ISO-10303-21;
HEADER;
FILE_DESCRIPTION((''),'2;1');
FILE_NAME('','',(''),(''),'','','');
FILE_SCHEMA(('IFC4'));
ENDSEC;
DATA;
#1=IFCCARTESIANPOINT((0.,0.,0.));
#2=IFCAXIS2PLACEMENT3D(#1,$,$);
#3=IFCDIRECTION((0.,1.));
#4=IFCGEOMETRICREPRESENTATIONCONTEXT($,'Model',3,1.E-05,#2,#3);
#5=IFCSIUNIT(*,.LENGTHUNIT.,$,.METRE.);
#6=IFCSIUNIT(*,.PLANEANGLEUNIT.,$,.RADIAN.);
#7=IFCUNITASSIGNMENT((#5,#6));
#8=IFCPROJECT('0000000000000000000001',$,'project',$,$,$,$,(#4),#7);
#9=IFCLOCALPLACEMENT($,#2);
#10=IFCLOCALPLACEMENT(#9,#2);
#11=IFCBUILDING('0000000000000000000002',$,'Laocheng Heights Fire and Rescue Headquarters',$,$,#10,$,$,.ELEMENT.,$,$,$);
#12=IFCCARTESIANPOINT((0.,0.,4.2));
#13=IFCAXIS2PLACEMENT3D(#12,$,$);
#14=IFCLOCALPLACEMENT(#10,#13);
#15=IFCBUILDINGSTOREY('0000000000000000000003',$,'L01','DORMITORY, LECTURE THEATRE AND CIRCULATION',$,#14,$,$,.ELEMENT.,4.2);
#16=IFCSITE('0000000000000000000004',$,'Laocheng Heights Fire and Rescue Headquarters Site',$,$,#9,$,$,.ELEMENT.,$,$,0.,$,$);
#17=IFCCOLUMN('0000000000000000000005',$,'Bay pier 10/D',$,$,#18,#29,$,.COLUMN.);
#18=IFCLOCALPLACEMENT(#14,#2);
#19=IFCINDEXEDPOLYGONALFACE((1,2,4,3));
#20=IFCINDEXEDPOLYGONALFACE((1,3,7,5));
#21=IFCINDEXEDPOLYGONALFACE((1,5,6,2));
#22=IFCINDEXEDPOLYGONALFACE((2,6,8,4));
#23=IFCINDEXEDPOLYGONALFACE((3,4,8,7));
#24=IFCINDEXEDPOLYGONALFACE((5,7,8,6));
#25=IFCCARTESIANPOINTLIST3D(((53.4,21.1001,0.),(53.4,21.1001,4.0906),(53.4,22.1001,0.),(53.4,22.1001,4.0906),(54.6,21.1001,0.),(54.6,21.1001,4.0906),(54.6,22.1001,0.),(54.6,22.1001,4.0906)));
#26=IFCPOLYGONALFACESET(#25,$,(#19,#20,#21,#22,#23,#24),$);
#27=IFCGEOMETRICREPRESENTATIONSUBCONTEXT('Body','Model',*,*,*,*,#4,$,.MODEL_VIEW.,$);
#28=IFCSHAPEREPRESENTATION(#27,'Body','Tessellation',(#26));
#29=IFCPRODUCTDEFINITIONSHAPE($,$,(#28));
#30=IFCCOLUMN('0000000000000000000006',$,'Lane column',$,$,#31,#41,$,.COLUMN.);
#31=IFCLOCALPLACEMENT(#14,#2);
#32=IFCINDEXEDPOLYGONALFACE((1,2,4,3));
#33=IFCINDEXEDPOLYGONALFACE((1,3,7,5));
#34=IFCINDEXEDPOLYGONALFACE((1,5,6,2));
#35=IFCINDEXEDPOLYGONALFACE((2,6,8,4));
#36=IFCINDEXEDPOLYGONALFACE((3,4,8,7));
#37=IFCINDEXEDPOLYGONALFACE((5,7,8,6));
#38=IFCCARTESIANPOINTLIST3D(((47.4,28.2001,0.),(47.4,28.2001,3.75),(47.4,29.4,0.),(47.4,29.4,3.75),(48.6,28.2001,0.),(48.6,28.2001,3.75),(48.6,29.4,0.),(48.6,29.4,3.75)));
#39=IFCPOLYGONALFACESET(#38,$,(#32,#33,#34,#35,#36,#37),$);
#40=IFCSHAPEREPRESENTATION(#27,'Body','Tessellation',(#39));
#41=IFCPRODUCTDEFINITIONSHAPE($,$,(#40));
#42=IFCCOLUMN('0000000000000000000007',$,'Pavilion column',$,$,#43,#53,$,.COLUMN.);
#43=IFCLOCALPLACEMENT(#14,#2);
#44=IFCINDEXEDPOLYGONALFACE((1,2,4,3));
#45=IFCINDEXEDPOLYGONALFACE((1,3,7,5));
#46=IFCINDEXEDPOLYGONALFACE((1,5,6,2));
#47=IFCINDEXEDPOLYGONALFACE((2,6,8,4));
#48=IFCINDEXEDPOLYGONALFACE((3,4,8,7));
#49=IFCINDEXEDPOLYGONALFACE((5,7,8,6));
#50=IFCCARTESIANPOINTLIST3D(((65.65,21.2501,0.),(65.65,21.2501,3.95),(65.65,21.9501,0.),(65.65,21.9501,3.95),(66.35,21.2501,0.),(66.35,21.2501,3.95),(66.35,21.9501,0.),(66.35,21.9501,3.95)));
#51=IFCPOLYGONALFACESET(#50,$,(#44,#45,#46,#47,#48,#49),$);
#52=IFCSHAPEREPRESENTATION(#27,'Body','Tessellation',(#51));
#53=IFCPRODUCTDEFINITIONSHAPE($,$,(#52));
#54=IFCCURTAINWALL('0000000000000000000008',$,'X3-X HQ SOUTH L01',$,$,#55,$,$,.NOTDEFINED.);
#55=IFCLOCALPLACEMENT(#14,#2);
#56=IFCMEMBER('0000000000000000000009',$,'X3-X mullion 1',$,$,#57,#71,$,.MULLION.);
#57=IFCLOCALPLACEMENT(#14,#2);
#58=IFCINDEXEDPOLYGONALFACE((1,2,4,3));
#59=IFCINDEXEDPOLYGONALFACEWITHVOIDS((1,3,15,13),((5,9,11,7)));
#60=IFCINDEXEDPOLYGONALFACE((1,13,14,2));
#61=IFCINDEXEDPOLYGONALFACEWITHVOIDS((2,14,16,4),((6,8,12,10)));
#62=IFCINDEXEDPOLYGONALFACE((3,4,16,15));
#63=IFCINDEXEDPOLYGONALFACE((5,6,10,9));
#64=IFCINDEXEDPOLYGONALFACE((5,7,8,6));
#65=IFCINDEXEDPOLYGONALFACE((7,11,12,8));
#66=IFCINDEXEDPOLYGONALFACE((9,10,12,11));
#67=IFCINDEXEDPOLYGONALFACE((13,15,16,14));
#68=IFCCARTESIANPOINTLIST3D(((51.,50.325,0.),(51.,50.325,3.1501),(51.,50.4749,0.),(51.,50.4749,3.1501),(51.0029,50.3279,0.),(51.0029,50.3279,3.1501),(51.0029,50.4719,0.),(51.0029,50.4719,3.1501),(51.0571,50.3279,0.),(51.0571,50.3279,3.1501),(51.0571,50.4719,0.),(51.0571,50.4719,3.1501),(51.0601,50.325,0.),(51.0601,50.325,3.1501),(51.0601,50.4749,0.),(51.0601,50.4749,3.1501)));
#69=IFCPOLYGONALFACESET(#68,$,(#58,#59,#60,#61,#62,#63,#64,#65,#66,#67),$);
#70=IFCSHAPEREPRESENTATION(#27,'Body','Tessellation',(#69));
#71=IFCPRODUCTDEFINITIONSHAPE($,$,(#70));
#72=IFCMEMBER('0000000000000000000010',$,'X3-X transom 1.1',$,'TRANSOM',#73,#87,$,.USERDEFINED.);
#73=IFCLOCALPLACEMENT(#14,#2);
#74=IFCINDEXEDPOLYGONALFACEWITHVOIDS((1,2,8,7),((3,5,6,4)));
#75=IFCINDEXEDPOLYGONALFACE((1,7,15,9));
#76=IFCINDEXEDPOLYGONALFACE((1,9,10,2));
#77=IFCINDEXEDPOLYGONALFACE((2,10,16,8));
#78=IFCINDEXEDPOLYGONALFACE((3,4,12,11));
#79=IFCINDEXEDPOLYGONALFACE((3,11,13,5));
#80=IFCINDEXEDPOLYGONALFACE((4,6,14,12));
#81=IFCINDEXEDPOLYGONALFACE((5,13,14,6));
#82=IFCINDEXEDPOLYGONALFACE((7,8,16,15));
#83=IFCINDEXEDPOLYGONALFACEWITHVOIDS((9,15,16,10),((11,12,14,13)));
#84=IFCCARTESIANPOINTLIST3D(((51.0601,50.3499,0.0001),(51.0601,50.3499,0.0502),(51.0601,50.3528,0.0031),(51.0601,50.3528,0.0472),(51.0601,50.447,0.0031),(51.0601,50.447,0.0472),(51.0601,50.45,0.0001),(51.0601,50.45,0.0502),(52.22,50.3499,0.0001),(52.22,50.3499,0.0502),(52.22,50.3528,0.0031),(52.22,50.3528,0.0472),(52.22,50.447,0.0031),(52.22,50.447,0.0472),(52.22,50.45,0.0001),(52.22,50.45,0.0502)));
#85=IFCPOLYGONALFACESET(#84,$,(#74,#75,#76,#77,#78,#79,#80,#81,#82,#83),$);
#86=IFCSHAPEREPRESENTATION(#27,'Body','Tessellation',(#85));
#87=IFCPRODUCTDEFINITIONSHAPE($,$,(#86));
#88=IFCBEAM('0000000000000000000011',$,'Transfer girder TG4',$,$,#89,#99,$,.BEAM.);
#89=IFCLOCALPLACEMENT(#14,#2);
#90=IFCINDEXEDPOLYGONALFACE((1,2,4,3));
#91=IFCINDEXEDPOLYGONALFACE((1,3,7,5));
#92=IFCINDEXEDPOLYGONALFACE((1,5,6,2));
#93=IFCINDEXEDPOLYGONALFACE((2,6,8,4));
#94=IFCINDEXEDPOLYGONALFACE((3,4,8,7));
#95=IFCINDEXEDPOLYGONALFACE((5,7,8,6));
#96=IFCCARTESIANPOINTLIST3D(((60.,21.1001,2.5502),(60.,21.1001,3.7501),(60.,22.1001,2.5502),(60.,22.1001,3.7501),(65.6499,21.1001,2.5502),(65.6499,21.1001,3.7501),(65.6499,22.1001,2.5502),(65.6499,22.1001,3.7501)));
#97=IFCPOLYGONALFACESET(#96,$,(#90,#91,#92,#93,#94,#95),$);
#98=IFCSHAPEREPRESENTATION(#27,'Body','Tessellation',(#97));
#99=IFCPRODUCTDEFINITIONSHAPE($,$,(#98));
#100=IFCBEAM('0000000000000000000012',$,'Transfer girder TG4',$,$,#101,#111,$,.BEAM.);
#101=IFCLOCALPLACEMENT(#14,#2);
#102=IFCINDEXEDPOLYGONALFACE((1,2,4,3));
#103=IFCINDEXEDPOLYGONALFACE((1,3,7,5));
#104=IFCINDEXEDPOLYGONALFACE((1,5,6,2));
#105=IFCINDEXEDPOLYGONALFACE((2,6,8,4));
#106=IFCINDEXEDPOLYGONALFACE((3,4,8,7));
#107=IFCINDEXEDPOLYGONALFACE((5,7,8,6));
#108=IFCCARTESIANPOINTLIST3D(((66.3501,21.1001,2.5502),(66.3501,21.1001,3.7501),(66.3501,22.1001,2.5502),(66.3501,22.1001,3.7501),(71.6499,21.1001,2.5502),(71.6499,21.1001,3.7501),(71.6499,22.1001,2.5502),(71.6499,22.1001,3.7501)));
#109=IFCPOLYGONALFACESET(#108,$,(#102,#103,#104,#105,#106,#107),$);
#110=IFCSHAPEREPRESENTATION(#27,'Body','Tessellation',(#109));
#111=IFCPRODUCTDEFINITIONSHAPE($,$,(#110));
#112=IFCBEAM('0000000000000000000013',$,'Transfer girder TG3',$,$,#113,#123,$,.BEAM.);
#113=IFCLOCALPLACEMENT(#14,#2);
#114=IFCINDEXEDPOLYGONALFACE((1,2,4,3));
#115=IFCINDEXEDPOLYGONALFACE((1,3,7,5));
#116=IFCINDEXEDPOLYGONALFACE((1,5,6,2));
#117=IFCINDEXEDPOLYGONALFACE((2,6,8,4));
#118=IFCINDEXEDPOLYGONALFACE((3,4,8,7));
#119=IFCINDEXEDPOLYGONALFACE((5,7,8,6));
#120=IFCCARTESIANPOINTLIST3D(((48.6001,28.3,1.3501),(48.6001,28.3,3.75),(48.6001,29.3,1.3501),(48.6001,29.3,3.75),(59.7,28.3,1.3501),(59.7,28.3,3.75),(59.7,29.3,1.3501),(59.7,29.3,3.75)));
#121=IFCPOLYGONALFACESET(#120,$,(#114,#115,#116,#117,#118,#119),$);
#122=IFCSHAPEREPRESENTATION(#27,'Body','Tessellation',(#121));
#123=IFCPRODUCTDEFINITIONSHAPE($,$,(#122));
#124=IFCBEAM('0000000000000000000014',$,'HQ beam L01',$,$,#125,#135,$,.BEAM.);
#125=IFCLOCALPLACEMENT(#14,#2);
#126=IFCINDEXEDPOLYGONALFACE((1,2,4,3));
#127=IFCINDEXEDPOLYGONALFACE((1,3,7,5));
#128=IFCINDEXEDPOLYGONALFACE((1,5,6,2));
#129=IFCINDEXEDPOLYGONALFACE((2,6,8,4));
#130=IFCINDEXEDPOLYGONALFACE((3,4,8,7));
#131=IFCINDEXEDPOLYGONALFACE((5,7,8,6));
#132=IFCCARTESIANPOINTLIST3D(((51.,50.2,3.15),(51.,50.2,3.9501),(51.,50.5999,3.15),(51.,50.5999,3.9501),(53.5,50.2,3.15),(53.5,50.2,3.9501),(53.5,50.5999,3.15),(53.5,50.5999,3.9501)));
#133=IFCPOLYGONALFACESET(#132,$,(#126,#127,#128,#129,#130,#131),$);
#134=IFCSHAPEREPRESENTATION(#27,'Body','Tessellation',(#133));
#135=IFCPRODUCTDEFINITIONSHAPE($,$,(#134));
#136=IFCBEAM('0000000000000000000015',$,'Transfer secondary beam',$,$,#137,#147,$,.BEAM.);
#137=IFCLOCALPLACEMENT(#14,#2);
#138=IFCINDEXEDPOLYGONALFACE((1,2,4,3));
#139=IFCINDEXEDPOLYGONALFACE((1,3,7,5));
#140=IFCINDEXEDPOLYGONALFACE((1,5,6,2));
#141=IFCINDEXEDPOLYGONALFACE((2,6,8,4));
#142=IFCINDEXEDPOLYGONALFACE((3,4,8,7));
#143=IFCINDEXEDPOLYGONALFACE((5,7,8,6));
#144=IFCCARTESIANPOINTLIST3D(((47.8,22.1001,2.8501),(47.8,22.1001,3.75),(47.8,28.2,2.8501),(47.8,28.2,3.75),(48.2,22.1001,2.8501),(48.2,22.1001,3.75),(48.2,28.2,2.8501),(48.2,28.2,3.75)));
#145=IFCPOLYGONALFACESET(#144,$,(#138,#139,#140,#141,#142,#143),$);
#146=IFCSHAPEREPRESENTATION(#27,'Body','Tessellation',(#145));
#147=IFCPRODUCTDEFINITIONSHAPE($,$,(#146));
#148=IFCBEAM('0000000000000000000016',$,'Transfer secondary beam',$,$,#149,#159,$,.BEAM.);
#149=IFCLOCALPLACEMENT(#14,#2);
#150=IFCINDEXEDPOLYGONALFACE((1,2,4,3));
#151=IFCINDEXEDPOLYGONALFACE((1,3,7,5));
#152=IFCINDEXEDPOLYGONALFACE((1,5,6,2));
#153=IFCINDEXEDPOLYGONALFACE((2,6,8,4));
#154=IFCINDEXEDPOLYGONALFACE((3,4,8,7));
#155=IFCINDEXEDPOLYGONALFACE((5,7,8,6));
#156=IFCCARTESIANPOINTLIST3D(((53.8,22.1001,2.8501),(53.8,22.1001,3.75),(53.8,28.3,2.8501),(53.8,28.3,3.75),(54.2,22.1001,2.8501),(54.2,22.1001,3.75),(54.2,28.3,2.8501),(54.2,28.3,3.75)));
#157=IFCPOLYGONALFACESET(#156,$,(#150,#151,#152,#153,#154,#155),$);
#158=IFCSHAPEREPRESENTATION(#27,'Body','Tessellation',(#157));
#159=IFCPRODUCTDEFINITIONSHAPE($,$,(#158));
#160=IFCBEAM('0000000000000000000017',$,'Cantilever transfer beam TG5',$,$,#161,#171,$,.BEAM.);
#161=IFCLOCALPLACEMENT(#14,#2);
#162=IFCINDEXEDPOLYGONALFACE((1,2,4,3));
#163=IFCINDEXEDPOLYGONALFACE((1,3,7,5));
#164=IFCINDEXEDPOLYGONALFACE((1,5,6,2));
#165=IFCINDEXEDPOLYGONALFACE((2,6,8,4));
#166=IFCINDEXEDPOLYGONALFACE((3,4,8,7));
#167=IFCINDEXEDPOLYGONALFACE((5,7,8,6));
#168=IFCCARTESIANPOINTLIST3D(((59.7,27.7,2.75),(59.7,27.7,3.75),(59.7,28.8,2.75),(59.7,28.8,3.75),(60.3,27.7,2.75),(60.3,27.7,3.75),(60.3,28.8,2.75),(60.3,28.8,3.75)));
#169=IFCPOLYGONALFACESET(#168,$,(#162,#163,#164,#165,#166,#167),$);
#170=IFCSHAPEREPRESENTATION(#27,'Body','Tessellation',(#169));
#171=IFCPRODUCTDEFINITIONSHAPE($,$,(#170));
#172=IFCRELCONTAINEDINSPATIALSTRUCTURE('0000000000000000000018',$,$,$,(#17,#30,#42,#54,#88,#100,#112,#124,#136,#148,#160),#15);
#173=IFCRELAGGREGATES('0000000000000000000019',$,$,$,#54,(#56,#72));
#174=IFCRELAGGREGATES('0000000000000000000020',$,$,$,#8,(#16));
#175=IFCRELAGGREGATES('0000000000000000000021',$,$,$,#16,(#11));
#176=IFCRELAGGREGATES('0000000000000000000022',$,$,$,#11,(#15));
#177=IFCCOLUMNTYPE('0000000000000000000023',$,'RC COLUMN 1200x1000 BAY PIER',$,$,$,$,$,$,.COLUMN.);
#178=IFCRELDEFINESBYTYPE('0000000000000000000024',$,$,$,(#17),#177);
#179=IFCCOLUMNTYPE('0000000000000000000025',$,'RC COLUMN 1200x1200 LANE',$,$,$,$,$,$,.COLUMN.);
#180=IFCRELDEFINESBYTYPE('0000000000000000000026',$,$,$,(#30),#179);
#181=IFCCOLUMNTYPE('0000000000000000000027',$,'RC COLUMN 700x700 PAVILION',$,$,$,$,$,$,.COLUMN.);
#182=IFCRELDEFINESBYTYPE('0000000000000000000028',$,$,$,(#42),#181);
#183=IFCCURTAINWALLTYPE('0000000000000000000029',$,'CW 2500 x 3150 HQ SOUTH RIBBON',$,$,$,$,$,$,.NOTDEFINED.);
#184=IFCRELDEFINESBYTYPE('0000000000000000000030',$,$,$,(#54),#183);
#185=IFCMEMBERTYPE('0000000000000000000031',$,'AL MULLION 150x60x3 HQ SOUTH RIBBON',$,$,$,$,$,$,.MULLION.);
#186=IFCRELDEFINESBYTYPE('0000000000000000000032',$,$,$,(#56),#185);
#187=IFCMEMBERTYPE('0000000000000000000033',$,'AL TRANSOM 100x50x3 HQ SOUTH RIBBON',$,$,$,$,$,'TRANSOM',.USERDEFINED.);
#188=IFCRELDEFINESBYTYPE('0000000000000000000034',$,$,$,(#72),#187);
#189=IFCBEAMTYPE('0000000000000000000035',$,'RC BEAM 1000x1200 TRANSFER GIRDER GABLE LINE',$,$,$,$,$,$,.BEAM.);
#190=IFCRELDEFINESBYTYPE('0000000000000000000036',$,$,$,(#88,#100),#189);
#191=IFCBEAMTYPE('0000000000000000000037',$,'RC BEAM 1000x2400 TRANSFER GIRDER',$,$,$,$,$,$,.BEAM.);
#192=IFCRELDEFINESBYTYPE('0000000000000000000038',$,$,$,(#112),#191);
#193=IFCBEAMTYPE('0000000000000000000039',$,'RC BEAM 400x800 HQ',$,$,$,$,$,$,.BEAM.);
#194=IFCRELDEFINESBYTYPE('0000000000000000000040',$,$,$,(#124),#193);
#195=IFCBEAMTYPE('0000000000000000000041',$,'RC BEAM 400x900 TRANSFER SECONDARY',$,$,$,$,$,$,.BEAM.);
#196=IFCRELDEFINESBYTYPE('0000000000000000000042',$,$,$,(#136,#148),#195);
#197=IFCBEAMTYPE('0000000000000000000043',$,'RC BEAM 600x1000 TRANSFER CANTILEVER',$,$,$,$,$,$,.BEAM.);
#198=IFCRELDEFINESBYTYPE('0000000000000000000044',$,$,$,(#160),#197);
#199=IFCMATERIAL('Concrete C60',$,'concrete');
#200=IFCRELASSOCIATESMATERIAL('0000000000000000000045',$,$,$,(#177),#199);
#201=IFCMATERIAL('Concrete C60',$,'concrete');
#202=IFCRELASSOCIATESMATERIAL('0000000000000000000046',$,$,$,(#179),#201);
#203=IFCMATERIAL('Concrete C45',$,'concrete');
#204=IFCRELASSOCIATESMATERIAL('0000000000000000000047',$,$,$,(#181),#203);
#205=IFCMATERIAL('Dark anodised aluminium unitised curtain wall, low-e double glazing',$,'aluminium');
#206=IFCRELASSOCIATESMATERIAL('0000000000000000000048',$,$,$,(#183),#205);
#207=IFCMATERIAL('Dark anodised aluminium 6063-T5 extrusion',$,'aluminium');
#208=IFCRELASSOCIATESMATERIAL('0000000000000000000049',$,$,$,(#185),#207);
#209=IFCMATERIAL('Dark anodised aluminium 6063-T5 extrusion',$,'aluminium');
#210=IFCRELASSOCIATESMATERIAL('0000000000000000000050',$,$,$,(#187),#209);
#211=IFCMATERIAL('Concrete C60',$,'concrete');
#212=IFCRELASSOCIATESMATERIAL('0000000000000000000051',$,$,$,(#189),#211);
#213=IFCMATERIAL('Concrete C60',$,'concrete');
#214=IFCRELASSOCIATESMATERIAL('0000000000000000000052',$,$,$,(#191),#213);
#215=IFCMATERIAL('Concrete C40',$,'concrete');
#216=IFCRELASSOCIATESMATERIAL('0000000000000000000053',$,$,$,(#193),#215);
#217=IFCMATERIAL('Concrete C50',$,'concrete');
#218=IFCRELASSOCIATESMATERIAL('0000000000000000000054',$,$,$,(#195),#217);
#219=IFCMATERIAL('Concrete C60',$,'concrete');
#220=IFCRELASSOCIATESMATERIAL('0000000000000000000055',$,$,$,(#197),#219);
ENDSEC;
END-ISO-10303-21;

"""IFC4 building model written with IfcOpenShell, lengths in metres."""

from ifc_helpers import new_model, si_unit, direction, frame, origin, origin_2d, place, context, subcontext, project, spatial, rectangle, hollow_rectangle, extrude, material, material_profile, profile_set, type_object, element, aggregate, save


model = new_model("IFC4")

# Units and contexts
model_context = context("Model", 3, precision=1e-05, world=origin(), true_north=direction((0.0, 1.0)))
body_context = subcontext(model_context, "Body", "Model", "MODEL_VIEW")
ifc_project = project(units=[si_unit("LENGTHUNIT", "METRE"), si_unit("PLANEANGLEUNIT", "RADIAN")], contexts=[model_context])

# Site, building, storey
site_placement = place(None, origin())
site = spatial("IfcSite", under=ifc_project, at=site_placement, Name="Laocheng Heights Fire and Rescue Headquarters Site", CompositionType="ELEMENT", RefElevation=0.0)
building_placement = place(site_placement, origin())
building = spatial("IfcBuilding", under=site, at=building_placement, Name="Laocheng Heights Fire and Rescue Headquarters", CompositionType="ELEMENT")
storey_placement = place(building_placement, frame((0.0, 0.0, 4.2)))
storey = spatial("IfcBuildingStorey", under=building, at=storey_placement, Name="L01", Description="DORMITORY, LECTURE THEATRE AND CIRCULATION", CompositionType="ELEMENT", Elevation=4.2)

# Columns
ifc_material_1 = material(Name="Concrete C60", Category="concrete")
ifc_material_profile_1 = material_profile(ifc_material_1, rectangle(XDim=1.2, YDim=1.0, at=origin_2d()), Name="RC COLUMN 1200x1000 BAY PIER")
ifc_profile_set_1 = profile_set([ifc_material_profile_1], Name="Concrete C60")
column_type_1 = type_object("IfcColumnType", Name="RC COLUMN 1200x1000 BAY PIER", PredefinedType="COLUMN", material=ifc_profile_set_1)
column_1_placement = place(storey_placement, frame((54.0, 21.6001, 0.0), z_axis=(0.0, 0.0, 1.0), x_axis=(1.0, 0.0, 0.0)))
element("IfcColumn", 1, at=column_1_placement, inside=storey, type_object=column_type_1, Name="Bay pier 10/D", PredefinedType="COLUMN", context=body_context, shape_type="SweptSolid", body=[
    extrude(rectangle(XDim=1.2, YDim=1.0, at=origin_2d()), origin(), (0.0, 0.0, 1.0), 4.0906),
])
ifc_material_2 = material(Name="Concrete C60", Category="concrete")
ifc_material_profile_2 = material_profile(ifc_material_2, rectangle(XDim=1.2, YDim=1.2, at=origin_2d()), Name="RC COLUMN 1200x1200 LANE")
ifc_profile_set_2 = profile_set([ifc_material_profile_2], Name="Concrete C60")
column_type_2 = type_object("IfcColumnType", Name="RC COLUMN 1200x1200 LANE", PredefinedType="COLUMN", material=ifc_profile_set_2)
column_2_placement = place(storey_placement, frame((48.0, 28.8, 0.0), z_axis=(0.0, 0.0, 1.0), x_axis=(1.0, 0.0, 0.0)))
element("IfcColumn", 2, at=column_2_placement, inside=storey, type_object=column_type_2, Name="Lane column", PredefinedType="COLUMN", context=body_context, shape_type="SweptSolid", body=[
    extrude(rectangle(XDim=1.2, YDim=1.2, at=origin_2d()), origin(), (0.0, 0.0, 1.0), 3.75),
])
ifc_material_3 = material(Name="Concrete C45", Category="concrete")
ifc_material_profile_3 = material_profile(ifc_material_3, rectangle(XDim=0.7, YDim=0.7, at=origin_2d()), Name="RC COLUMN 700x700 PAVILION")
ifc_profile_set_3 = profile_set([ifc_material_profile_3], Name="Concrete C45")
column_type_3 = type_object("IfcColumnType", Name="RC COLUMN 700x700 PAVILION", PredefinedType="COLUMN", material=ifc_profile_set_3)
column_3_placement = place(storey_placement, frame((66.0, 21.6001, 0.0), z_axis=(0.0, 0.0, 1.0), x_axis=(1.0, 0.0, 0.0)))
element("IfcColumn", 3, at=column_3_placement, inside=storey, type_object=column_type_3, Name="Pavilion column", PredefinedType="COLUMN", context=body_context, shape_type="SweptSolid", body=[
    extrude(rectangle(XDim=0.7, YDim=0.7, at=origin_2d()), origin(), (0.0, 0.0, 1.0), 3.95),
])

# Curtain wall, members
ifc_material_4 = material(Name="Dark anodised aluminium unitised curtain wall, low-e double glazing", Category="aluminium")
curtain_wall_type = type_object("IfcCurtainWallType", Name="CW 2500 x 3150 HQ SOUTH RIBBON", PredefinedType="NOTDEFINED", material=ifc_material_4)
curtain_wall_placement = place(storey_placement, origin())
curtain_wall = element("IfcCurtainWall", 4, at=curtain_wall_placement, inside=storey, type_object=curtain_wall_type, Name="X3-X HQ SOUTH L01", PredefinedType="NOTDEFINED")
ifc_material_5 = material(Name="Dark anodised aluminium 6063-T5 extrusion", Category="aluminium")
ifc_material_profile_4 = material_profile(ifc_material_5, hollow_rectangle(XDim=0.1499, YDim=0.0601, WallThickness=0.0029, at=origin_2d()), Name="AL MULLION 150x60x3 HQ SOUTH RIBBON")
ifc_profile_set_4 = profile_set([ifc_material_profile_4], Name="Dark anodised aluminium 6063-T5 extrusion")
member_type_1 = type_object("IfcMemberType", Name="AL MULLION 150x60x3 HQ SOUTH RIBBON", PredefinedType="MULLION", material=ifc_profile_set_4)
member_1_placement = place(storey_placement, frame((51.03, 50.3999, 0.0), z_axis=(0.0, 0.0, 1.0), x_axis=(0.0, 1.0, 0.0)))
member_1 = element("IfcMember", 5, at=member_1_placement, type_object=member_type_1, Name="X3-X mullion 1", PredefinedType="MULLION", context=body_context, shape_type="SweptSolid", body=[
    extrude(hollow_rectangle(XDim=0.1499, YDim=0.0601, WallThickness=0.0029, at=origin_2d()), origin(), (0.0, 0.0, 1.0), 3.1501),
])
ifc_material_6 = material(Name="Dark anodised aluminium 6063-T5 extrusion", Category="aluminium")
ifc_material_profile_5 = material_profile(ifc_material_6, hollow_rectangle(XDim=0.1001, YDim=0.05, WallThickness=0.0029, at=origin_2d()), Name="AL TRANSOM 100x50x3 HQ SOUTH RIBBON")
ifc_profile_set_5 = profile_set([ifc_material_profile_5], Name="Dark anodised aluminium 6063-T5 extrusion")
member_type_2 = type_object("IfcMemberType", Name="AL TRANSOM 100x50x3 HQ SOUTH RIBBON", ElementType="TRANSOM", PredefinedType="USERDEFINED", material=ifc_profile_set_5)
member_2_placement = place(storey_placement, frame((51.0601, 50.3999, 0.0251), z_axis=(1.0, 0.0, 0.0), x_axis=(0.0, 1.0, 0.0)))
member_2 = element("IfcMember", 6, at=member_2_placement, type_object=member_type_2, Name="X3-X transom 1.1", ObjectType="TRANSOM", PredefinedType="USERDEFINED", context=body_context, shape_type="SweptSolid", body=[
    extrude(hollow_rectangle(XDim=0.1001, YDim=0.05, WallThickness=0.0029, at=origin_2d()), origin(), (0.0, 0.0, 1.0), 1.1599),
])
aggregate(curtain_wall, [member_1, member_2])

# Beams
ifc_material_7 = material(Name="Concrete C60", Category="concrete")
ifc_material_profile_6 = material_profile(ifc_material_7, rectangle(XDim=1.0, YDim=1.2, at=origin_2d()), Name="RC BEAM 1000x1200 TRANSFER GIRDER GABLE LINE")
ifc_profile_set_6 = profile_set([ifc_material_profile_6], Name="Concrete C60")
beam_type_1 = type_object("IfcBeamType", Name="RC BEAM 1000x1200 TRANSFER GIRDER GABLE LINE", PredefinedType="BEAM", material=ifc_profile_set_6)
beam_1_placement = place(storey_placement, frame((60.0, 21.6001, 3.1501), z_axis=(1.0, 0.0, 0.0), x_axis=(0.0, 1.0, 0.0)))
element("IfcBeam", 7, at=beam_1_placement, inside=storey, type_object=beam_type_1, Name="Transfer girder TG4", PredefinedType="BEAM", context=body_context, shape_type="SweptSolid", body=[
    extrude(rectangle(XDim=1.0, YDim=1.2, at=origin_2d()), origin(), (0.0, 0.0, 1.0), 5.6499),
])
beam_2_placement = place(storey_placement, frame((66.3501, 21.6001, 3.1501), z_axis=(1.0, 0.0, 0.0), x_axis=(0.0, 1.0, 0.0)))
element("IfcBeam", 8, at=beam_2_placement, inside=storey, type_object=beam_type_1, Name="Transfer girder TG4", PredefinedType="BEAM", context=body_context, shape_type="SweptSolid", body=[
    extrude(rectangle(XDim=1.0, YDim=1.2, at=origin_2d()), origin(), (0.0, 0.0, 1.0), 5.2998),
])
ifc_material_8 = material(Name="Concrete C60", Category="concrete")
ifc_material_profile_7 = material_profile(ifc_material_8, rectangle(XDim=1.0, YDim=2.3999, at=origin_2d()), Name="RC BEAM 1000x2400 TRANSFER GIRDER")
ifc_profile_set_7 = profile_set([ifc_material_profile_7], Name="Concrete C60")
beam_type_2 = type_object("IfcBeamType", Name="RC BEAM 1000x2400 TRANSFER GIRDER", PredefinedType="BEAM", material=ifc_profile_set_7)
beam_3_placement = place(storey_placement, frame((48.6001, 28.8, 2.55), z_axis=(1.0, 0.0, 0.0), x_axis=(0.0, 1.0, 0.0)))
element("IfcBeam", 9, at=beam_3_placement, inside=storey, type_object=beam_type_2, Name="Transfer girder TG3", PredefinedType="BEAM", context=body_context, shape_type="SweptSolid", body=[
    extrude(rectangle(XDim=1.0, YDim=2.3999, at=origin_2d()), origin(), (0.0, 0.0, 1.0), 11.0999),
])
ifc_material_9 = material(Name="Concrete C40", Category="concrete")
ifc_material_profile_8 = material_profile(ifc_material_9, rectangle(XDim=0.3999, YDim=0.8, at=origin_2d()), Name="RC BEAM 400x800 HQ")
ifc_profile_set_8 = profile_set([ifc_material_profile_8], Name="Concrete C40")
beam_type_3 = type_object("IfcBeamType", Name="RC BEAM 400x800 HQ", PredefinedType="BEAM", material=ifc_profile_set_8)
beam_4_placement = place(storey_placement, frame((51.0, 50.3999, 3.55), z_axis=(1.0, 0.0, 0.0), x_axis=(0.0, 1.0, 0.0)))
element("IfcBeam", 10, at=beam_4_placement, inside=storey, type_object=beam_type_3, Name="HQ beam L01", PredefinedType="BEAM", context=body_context, shape_type="SweptSolid", body=[
    extrude(rectangle(XDim=0.3999, YDim=0.8, at=origin_2d()), origin(), (0.0, 0.0, 1.0), 2.5),
])
ifc_material_10 = material(Name="Concrete C50", Category="concrete")
ifc_material_profile_9 = material_profile(ifc_material_10, rectangle(XDim=0.3999, YDim=0.8999, at=origin_2d()), Name="RC BEAM 400x900 TRANSFER SECONDARY")
ifc_profile_set_9 = profile_set([ifc_material_profile_9], Name="Concrete C50")
beam_type_4 = type_object("IfcBeamType", Name="RC BEAM 400x900 TRANSFER SECONDARY", PredefinedType="BEAM", material=ifc_profile_set_9)
beam_5_placement = place(storey_placement, frame((48.0, 22.1001, 3.3), z_axis=(0.0, 1.0, 0.0), x_axis=(-1.0, 0.0, 0.0)))
element("IfcBeam", 11, at=beam_5_placement, inside=storey, type_object=beam_type_4, Name="Transfer secondary beam", PredefinedType="BEAM", context=body_context, shape_type="SweptSolid", body=[
    extrude(rectangle(XDim=0.3999, YDim=0.8999, at=origin_2d()), origin(), (0.0, 0.0, 1.0), 6.0999),
])
beam_6_placement = place(storey_placement, frame((54.0, 22.1001, 3.3), z_axis=(0.0, 1.0, 0.0), x_axis=(-1.0, 0.0, 0.0)))
element("IfcBeam", 12, at=beam_6_placement, inside=storey, type_object=beam_type_4, Name="Transfer secondary beam", PredefinedType="BEAM", context=body_context, shape_type="SweptSolid", body=[
    extrude(rectangle(XDim=0.3999, YDim=0.8999, at=origin_2d()), origin(), (0.0, 0.0, 1.0), 6.2),
])
ifc_material_11 = material(Name="Concrete C60", Category="concrete")
ifc_material_profile_10 = material_profile(ifc_material_11, rectangle(XDim=0.6001, YDim=1.0, at=origin_2d()), Name="RC BEAM 600x1000 TRANSFER CANTILEVER")
ifc_profile_set_10 = profile_set([ifc_material_profile_10], Name="Concrete C60")
beam_type_5 = type_object("IfcBeamType", Name="RC BEAM 600x1000 TRANSFER CANTILEVER", PredefinedType="BEAM", material=ifc_profile_set_10)
for number, where, z_axis, x_axis, name in (
    (13, (60.0, 27.7, 3.25), (0.0, 1.0, 0.0), (-1.0, 0.0, 0.0), "Cantilever transfer beam TG5"),
):
    element("IfcBeam", number, at=place(storey_placement, frame(where, z_axis=z_axis, x_axis=x_axis)), inside=storey, type_object=beam_type_5, Name=name, PredefinedType="BEAM", context=body_context, shape_type="SweptSolid", body=[
        extrude(rectangle(XDim=0.6001, YDim=1.0, at=origin_2d()), origin(), (0.0, 0.0, 1.0), 1.1001),
    ])

save(model, "model.ifc")
